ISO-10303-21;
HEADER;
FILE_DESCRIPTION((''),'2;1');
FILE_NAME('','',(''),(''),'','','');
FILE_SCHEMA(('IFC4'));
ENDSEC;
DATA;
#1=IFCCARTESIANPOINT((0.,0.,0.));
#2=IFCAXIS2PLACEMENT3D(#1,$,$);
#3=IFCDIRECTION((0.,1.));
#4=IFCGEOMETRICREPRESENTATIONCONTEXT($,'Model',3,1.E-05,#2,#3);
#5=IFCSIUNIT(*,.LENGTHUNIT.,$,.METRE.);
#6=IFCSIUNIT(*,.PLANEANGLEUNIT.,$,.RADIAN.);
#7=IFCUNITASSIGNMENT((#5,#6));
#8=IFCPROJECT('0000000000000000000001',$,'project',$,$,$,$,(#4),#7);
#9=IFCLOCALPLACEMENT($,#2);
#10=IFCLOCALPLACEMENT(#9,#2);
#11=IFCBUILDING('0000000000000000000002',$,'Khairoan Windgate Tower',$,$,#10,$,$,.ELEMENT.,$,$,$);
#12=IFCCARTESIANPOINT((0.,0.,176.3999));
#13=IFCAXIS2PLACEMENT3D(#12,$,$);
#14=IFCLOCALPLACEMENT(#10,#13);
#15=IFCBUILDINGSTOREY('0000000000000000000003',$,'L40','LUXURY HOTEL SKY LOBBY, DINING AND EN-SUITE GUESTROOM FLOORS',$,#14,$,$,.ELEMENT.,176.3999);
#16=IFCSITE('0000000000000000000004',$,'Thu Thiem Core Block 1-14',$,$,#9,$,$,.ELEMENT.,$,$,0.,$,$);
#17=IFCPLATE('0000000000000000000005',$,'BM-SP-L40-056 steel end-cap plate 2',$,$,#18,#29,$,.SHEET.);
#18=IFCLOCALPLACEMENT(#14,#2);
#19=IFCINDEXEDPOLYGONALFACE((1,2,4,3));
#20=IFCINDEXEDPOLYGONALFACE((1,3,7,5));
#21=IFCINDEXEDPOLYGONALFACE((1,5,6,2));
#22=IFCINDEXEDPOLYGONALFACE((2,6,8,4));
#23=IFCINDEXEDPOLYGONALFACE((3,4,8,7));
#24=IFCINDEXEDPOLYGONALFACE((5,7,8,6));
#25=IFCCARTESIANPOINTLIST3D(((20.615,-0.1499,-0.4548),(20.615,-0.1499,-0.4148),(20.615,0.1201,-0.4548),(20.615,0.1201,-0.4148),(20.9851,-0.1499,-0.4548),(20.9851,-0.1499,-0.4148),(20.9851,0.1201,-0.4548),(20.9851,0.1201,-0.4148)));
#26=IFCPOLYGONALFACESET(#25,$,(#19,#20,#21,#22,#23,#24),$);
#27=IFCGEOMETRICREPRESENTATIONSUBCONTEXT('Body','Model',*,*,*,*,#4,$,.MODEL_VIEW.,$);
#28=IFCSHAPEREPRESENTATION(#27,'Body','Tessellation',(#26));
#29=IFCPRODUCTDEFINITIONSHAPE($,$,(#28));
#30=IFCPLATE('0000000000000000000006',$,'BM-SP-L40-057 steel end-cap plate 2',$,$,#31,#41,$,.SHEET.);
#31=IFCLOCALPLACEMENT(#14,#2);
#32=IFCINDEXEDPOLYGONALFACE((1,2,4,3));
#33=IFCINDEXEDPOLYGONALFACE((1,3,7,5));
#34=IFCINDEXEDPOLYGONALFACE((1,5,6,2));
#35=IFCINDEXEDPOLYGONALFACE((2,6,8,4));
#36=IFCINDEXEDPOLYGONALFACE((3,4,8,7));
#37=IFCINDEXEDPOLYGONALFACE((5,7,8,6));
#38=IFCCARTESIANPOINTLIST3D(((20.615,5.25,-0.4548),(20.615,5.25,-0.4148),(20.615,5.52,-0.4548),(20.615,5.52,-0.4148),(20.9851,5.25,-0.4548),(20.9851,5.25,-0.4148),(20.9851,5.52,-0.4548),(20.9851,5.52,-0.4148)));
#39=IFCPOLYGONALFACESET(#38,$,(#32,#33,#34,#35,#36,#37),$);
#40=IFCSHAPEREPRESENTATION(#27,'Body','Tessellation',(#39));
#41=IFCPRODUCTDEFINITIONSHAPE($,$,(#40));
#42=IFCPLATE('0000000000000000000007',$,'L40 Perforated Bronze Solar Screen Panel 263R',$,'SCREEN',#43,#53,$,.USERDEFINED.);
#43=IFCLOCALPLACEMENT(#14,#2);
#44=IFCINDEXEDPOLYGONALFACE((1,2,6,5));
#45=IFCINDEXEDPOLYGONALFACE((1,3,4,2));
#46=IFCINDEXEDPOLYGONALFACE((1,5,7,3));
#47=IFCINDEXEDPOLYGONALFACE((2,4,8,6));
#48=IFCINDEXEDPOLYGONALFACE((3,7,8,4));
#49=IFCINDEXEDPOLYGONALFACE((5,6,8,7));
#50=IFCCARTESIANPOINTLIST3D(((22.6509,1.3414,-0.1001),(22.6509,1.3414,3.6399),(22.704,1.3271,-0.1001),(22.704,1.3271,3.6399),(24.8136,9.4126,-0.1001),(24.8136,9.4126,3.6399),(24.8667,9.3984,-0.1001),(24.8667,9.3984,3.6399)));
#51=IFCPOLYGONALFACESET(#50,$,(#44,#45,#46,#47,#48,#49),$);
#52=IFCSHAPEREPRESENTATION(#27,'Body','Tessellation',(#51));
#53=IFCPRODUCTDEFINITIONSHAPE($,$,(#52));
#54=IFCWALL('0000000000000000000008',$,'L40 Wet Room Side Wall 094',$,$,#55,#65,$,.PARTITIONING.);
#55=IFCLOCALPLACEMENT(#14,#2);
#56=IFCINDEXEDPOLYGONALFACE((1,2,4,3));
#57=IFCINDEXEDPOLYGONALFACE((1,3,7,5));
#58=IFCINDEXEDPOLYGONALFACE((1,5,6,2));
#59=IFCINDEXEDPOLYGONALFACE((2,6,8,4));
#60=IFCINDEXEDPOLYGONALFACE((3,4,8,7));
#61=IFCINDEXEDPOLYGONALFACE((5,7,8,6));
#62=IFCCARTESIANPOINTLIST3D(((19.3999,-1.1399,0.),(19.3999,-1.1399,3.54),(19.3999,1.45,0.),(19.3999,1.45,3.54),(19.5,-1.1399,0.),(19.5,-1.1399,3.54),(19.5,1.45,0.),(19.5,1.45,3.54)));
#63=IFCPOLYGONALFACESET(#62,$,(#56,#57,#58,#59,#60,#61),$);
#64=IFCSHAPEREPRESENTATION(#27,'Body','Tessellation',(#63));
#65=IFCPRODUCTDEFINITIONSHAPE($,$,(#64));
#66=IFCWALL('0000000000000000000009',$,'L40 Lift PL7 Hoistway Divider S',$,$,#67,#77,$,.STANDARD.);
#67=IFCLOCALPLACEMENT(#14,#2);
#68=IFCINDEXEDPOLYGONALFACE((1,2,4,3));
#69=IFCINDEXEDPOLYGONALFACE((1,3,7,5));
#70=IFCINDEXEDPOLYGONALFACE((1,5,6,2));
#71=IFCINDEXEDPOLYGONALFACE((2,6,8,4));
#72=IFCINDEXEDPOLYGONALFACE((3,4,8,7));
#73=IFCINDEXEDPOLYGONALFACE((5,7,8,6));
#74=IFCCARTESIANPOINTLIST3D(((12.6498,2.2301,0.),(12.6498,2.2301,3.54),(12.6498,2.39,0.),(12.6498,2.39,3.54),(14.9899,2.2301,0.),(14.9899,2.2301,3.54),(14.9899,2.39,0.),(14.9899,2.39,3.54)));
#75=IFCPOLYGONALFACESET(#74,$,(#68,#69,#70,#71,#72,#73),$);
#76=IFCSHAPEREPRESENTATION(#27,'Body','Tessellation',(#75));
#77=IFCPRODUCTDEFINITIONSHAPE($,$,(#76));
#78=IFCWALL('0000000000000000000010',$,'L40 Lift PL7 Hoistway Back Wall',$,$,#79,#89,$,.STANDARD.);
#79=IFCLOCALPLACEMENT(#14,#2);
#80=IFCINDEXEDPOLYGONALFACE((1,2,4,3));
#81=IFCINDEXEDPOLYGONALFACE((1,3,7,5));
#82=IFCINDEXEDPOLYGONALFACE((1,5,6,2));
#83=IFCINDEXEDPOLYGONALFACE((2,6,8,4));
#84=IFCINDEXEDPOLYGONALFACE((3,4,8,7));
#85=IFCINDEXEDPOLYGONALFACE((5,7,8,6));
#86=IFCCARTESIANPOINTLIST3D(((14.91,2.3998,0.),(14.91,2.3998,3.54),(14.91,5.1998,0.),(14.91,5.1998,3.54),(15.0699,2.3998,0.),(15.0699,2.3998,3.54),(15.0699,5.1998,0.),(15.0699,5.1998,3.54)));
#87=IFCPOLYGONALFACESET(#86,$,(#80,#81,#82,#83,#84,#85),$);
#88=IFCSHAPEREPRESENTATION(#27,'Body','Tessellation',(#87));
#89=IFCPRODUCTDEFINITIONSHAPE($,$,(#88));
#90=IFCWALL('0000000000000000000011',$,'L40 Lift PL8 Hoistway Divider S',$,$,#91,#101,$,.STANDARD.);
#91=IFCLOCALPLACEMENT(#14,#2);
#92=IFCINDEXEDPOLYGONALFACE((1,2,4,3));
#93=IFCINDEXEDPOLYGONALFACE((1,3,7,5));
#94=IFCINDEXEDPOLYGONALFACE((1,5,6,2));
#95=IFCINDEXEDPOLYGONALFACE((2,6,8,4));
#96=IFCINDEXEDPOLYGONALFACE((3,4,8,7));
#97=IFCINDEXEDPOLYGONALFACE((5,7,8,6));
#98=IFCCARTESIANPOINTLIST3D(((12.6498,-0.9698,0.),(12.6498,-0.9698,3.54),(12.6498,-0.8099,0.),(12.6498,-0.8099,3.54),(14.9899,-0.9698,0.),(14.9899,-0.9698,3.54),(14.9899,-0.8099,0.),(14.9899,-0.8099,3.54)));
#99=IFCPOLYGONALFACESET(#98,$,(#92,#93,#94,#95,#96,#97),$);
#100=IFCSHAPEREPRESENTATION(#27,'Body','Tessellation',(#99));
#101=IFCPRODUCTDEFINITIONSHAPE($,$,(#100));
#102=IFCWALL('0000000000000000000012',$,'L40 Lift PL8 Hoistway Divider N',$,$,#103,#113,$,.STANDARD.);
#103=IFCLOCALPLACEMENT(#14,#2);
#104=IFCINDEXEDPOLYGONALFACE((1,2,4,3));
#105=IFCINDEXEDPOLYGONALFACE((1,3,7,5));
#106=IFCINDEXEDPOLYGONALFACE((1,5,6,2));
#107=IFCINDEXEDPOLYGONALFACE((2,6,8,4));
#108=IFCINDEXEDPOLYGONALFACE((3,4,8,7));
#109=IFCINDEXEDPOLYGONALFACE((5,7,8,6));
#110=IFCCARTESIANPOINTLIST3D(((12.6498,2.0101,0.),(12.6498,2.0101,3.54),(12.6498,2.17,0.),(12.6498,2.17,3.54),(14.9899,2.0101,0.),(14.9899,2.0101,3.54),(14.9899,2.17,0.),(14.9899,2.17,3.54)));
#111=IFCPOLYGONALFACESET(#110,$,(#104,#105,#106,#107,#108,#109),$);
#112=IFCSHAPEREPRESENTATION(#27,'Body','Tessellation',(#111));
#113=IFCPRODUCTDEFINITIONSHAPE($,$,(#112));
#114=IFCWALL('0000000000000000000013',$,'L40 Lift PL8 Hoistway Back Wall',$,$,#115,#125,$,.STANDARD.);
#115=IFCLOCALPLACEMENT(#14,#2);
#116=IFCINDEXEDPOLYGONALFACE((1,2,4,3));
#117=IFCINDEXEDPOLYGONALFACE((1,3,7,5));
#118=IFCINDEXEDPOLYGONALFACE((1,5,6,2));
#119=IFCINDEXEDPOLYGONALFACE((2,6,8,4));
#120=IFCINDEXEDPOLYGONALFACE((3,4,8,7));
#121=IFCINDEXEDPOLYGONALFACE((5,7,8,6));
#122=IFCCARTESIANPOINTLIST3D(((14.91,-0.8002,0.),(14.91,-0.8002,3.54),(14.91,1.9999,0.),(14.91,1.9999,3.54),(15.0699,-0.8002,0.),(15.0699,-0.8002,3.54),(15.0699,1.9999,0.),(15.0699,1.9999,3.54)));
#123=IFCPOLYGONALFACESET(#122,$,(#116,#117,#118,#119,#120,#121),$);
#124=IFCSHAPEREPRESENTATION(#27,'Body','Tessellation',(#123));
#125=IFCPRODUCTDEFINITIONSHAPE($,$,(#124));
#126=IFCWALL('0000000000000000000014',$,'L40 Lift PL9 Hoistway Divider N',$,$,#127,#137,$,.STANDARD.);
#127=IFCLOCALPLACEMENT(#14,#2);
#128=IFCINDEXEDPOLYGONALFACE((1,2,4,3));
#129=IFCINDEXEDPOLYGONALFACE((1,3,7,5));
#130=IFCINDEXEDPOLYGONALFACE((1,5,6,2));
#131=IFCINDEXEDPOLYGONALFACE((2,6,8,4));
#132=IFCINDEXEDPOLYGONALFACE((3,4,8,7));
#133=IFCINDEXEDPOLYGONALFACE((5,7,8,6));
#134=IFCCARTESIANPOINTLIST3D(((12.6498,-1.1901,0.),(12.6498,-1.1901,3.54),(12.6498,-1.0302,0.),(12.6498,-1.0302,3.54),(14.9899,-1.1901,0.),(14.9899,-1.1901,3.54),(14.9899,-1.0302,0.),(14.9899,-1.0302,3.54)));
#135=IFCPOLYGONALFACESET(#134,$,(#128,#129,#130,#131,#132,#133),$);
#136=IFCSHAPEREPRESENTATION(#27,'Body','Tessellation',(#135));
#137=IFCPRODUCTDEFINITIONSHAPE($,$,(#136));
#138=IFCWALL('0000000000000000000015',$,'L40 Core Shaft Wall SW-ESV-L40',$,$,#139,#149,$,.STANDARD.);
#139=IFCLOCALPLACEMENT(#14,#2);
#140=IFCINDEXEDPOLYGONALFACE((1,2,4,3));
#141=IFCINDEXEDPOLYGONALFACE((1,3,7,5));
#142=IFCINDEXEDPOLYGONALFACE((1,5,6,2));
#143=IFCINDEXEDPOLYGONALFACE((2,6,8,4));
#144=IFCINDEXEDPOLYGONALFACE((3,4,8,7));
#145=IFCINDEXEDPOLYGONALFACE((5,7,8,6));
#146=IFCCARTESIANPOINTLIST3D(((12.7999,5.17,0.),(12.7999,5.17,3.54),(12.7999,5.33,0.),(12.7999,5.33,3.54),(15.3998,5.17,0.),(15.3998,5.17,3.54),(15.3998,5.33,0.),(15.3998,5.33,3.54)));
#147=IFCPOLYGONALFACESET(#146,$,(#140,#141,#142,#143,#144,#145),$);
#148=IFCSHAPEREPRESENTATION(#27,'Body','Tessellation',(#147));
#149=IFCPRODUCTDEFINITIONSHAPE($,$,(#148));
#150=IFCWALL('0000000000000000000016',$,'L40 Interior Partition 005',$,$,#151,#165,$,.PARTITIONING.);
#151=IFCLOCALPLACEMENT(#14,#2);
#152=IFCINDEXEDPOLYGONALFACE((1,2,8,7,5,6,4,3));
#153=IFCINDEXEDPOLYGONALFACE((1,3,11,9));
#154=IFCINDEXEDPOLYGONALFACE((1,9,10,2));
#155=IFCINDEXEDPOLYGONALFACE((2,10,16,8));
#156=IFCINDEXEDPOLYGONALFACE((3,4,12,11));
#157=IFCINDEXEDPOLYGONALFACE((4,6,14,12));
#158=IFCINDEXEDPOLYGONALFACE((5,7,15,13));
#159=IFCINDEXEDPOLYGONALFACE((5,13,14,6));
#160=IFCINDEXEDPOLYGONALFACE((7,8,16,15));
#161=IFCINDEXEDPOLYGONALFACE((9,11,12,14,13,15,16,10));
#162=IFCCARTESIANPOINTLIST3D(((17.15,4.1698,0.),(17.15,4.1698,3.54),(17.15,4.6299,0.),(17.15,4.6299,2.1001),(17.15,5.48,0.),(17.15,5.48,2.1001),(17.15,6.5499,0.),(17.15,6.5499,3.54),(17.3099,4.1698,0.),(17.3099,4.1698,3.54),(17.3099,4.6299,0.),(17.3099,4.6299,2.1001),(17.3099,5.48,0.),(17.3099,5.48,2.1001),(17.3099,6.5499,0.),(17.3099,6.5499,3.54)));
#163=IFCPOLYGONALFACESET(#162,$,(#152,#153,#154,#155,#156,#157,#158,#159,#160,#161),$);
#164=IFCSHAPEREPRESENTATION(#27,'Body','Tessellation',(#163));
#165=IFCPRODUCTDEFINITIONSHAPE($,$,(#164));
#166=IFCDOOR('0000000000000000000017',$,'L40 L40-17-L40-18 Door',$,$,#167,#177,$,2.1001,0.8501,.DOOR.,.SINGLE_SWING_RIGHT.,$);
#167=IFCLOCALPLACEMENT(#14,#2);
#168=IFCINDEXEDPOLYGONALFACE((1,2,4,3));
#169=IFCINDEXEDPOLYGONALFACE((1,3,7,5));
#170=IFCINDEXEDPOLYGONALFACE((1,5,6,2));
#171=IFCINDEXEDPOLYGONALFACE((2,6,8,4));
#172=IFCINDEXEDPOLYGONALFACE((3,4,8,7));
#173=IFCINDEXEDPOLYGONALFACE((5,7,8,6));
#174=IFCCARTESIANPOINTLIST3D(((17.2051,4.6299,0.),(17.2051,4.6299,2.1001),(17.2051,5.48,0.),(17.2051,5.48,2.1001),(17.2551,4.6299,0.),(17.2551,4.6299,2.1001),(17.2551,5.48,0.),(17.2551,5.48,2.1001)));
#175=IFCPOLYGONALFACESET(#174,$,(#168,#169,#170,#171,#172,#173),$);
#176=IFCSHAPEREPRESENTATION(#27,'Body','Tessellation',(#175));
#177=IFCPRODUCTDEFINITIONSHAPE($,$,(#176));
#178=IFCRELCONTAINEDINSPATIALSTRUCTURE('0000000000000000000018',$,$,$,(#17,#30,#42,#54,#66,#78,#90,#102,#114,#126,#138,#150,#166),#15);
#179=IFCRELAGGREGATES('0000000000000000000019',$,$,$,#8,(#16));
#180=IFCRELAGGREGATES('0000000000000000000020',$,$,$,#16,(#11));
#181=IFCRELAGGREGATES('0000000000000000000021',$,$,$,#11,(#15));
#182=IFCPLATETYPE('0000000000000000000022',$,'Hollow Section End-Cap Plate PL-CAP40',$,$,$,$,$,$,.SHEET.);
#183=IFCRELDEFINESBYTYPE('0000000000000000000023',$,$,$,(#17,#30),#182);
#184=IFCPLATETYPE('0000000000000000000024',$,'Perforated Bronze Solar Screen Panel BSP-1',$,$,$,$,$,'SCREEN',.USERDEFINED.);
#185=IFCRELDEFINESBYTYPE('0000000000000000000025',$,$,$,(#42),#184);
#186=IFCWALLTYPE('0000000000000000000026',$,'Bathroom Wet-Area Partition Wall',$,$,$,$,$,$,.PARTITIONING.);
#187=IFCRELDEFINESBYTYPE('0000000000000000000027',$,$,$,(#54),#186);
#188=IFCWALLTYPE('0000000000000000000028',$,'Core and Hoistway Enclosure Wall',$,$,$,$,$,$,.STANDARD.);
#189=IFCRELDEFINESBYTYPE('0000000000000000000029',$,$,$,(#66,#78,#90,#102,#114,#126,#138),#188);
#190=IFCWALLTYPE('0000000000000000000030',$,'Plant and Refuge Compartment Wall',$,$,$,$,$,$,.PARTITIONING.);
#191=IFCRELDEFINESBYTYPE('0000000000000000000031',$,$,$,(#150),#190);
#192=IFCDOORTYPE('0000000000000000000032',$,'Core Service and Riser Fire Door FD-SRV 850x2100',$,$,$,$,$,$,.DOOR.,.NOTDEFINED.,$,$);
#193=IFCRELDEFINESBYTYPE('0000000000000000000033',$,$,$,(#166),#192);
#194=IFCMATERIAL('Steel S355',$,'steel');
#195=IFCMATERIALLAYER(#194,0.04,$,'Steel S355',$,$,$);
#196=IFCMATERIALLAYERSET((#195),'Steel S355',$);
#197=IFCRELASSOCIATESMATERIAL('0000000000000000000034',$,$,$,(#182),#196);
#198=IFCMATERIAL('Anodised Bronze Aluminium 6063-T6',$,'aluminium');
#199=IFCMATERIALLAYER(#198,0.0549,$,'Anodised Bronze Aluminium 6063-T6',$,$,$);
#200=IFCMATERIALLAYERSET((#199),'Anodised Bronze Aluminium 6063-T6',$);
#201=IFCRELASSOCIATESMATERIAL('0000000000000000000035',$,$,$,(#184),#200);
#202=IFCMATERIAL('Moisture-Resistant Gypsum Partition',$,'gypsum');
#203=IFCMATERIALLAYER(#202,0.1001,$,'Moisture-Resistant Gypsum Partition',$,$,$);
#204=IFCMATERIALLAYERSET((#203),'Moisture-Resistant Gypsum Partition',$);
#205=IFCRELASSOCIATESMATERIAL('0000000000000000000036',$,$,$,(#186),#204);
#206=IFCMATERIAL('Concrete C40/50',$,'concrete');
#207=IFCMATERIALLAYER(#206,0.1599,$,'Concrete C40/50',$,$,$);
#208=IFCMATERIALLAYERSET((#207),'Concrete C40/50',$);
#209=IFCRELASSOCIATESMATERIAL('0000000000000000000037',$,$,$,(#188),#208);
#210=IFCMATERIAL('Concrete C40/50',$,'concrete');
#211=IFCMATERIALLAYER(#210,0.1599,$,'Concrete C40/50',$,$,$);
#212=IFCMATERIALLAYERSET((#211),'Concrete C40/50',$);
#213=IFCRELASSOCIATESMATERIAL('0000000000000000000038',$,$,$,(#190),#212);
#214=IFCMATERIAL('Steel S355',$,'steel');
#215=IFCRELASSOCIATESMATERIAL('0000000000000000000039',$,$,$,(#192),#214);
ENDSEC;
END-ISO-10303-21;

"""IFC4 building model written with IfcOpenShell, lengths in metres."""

from ifc_helpers import new_model, si_unit, direction, frame, frame_2d, origin, origin_2d, place, context, subcontext, project, spatial, rectangle, extrude, material, layer, layer_set, type_object, element, fill, save


model = new_model("IFC4")

# Units and contexts
model_context = context("Model", 3, precision=1e-05, world=origin(), true_north=direction((0.0, 1.0)))
body_context = subcontext(model_context, "Body", "Model", "MODEL_VIEW")
ifc_project = project(units=[si_unit("LENGTHUNIT", "METRE"), si_unit("PLANEANGLEUNIT", "RADIAN")], contexts=[model_context])

# Site, building, storey
site_placement = place(None, origin())
site = spatial("IfcSite", under=ifc_project, at=site_placement, Name="Thu Thiem Core Block 1-14", CompositionType="ELEMENT", RefElevation=0.0)
building_placement = place(site_placement, origin())
building = spatial("IfcBuilding", under=site, at=building_placement, Name="Khairoan Windgate Tower", CompositionType="ELEMENT")
storey_placement = place(building_placement, frame((0.0, 0.0, 176.3999)))
storey = spatial("IfcBuildingStorey", under=building, at=storey_placement, Name="L40", Description="LUXURY HOTEL SKY LOBBY, DINING AND EN-SUITE GUESTROOM FLOORS", CompositionType="ELEMENT", Elevation=176.3999)

# Plates
ifc_material_1 = material(Name="Steel S355", Category="steel")
ifc_layer_1 = layer(ifc_material_1, 0.04, Name="Steel S355")
ifc_layer_set_1 = layer_set([ifc_layer_1], Name="Steel S355")
plate_type_1 = type_object("IfcPlateType", Name="Hollow Section End-Cap Plate PL-CAP40", PredefinedType="SHEET", material=ifc_layer_set_1)
for number, where, z_axis, x_axis, name in (
    (1, (20.8, -0.0149, -0.4548), (0.0, 0.0, 1.0), (0.0, 1.0, 0.0), "BM-SP-L40-056 steel end-cap plate 2"),
    (2, (20.8, 5.385, -0.4548), (0.0, 0.0, 1.0), (0.0, 1.0, 0.0), "BM-SP-L40-057 steel end-cap plate 2"),
):
    element("IfcPlate", number, at=place(storey_placement, frame(where, z_axis=z_axis, x_axis=x_axis)), inside=storey, type_object=plate_type_1, Name=name, PredefinedType="SHEET", context=body_context, shape_type="SweptSolid", body=[
        extrude(rectangle(XDim=0.27, YDim=0.3701, at=origin_2d()), origin(), (0.0, 0.0, 1.0), 0.04),
    ])
ifc_material_2 = material(Name="Anodised Bronze Aluminium 6063-T6", Category="aluminium")
ifc_layer_2 = layer(ifc_material_2, 0.0549, Name="Anodised Bronze Aluminium 6063-T6")
ifc_layer_set_2 = layer_set([ifc_layer_2], Name="Anodised Bronze Aluminium 6063-T6")
plate_type_2 = type_object("IfcPlateType", Name="Perforated Bronze Solar Screen Panel BSP-1", ElementType="SCREEN", PredefinedType="USERDEFINED", material=ifc_layer_set_2)
plate_placement = place(storey_placement, frame((23.7588, 5.3699, -0.1001), z_axis=(0.0, 0.0, 1.0), x_axis=(-0.258819, -0.965926, 0.0)))
element("IfcPlate", 3, at=plate_placement, inside=storey, type_object=plate_type_2, Name="L40 Perforated Bronze Solar Screen Panel 263R", ObjectType="SCREEN", PredefinedType="USERDEFINED", context=body_context, shape_type="SweptSolid", body=[
    extrude(rectangle(XDim=8.356, YDim=0.0549, at=origin_2d()), origin(), (0.0, 0.0, 1.0), 3.74),
])

# Walls
ifc_material_3 = material(Name="Moisture-Resistant Gypsum Partition", Category="gypsum")
ifc_layer_3 = layer(ifc_material_3, 0.1001, Name="Moisture-Resistant Gypsum Partition")
ifc_layer_set_3 = layer_set([ifc_layer_3], Name="Moisture-Resistant Gypsum Partition")
wall_type_1 = type_object("IfcWallType", Name="Bathroom Wet-Area Partition Wall", PredefinedType="PARTITIONING", material=ifc_layer_set_3)
wall_1_placement = place(storey_placement, frame((19.45, 1.45, 0.0), z_axis=(0.0, 0.0, 1.0), x_axis=(0.0, -1.0, 0.0)))
element("IfcWall", 4, at=wall_1_placement, inside=storey, type_object=wall_type_1, Name="L40 Wet Room Side Wall 094", PredefinedType="PARTITIONING", context=body_context, shape_type="SweptSolid", body=[
    extrude(rectangle(XDim=2.5898, YDim=0.1001, at=frame_2d((1.2949, 0.0))), origin(), (0.0, 0.0, 1.0), 3.54),
])
ifc_material_4 = material(Name="Concrete C40/50", Category="concrete")
ifc_layer_4 = layer(ifc_material_4, 0.1599, Name="Concrete C40/50")
ifc_layer_set_4 = layer_set([ifc_layer_4], Name="Concrete C40/50")
wall_type_2 = type_object("IfcWallType", Name="Core and Hoistway Enclosure Wall", PredefinedType="STANDARD", material=ifc_layer_set_4)
wall_2_placement = place(storey_placement, frame((12.6499, 2.3101, 0.0), z_axis=(0.0, 0.0, 1.0), x_axis=(1.0, 0.0, 0.0)))
element("IfcWall", 5, at=wall_2_placement, inside=storey, type_object=wall_type_2, Name="L40 Lift PL7 Hoistway Divider S", PredefinedType="STANDARD", context=body_context, shape_type="SweptSolid", body=[
    extrude(rectangle(XDim=2.3401, YDim=0.1599, at=frame_2d((1.1699, 0.0))), origin(), (0.0, 0.0, 1.0), 3.54),
])
wall_3_placement = place(storey_placement, frame((14.99, 2.3999, 0.0), z_axis=(0.0, 0.0, 1.0), x_axis=(0.0, 1.0, 0.0)))
element("IfcWall", 6, at=wall_3_placement, inside=storey, type_object=wall_type_2, Name="L40 Lift PL7 Hoistway Back Wall", PredefinedType="STANDARD", context=body_context, shape_type="SweptSolid", body=[
    extrude(rectangle(XDim=2.8, YDim=0.1599, at=frame_2d((1.3999, 0.0))), origin(), (0.0, 0.0, 1.0), 3.54),
])
for number, where, z_axis, x_axis, name in (
    (7, (12.6499, -0.8899, 0.0), (0.0, 0.0, 1.0), (1.0, 0.0, 0.0), "L40 Lift PL8 Hoistway Divider S"),
    (8, (12.6499, 2.0901, 0.0), (0.0, 0.0, 1.0), (1.0, 0.0, 0.0), "L40 Lift PL8 Hoistway Divider N"),
):
    element("IfcWall", number, at=place(storey_placement, frame(where, z_axis=z_axis, x_axis=x_axis)), inside=storey, type_object=wall_type_2, Name=name, PredefinedType="STANDARD", context=body_context, shape_type="SweptSolid", body=[
        extrude(rectangle(XDim=2.3401, YDim=0.1599, at=frame_2d((1.1699, 0.0))), origin(), (0.0, 0.0, 1.0), 3.54),
    ])
wall_4_placement = place(storey_placement, frame((14.99, -0.8, 0.0), z_axis=(0.0, 0.0, 1.0), x_axis=(0.0, 1.0, 0.0)))
element("IfcWall", 9, at=wall_4_placement, inside=storey, type_object=wall_type_2, Name="L40 Lift PL8 Hoistway Back Wall", PredefinedType="STANDARD", context=body_context, shape_type="SweptSolid", body=[
    extrude(rectangle(XDim=2.8, YDim=0.1599, at=frame_2d((1.3999, 0.0))), origin(), (0.0, 0.0, 1.0), 3.54),
])
wall_5_placement = place(storey_placement, frame((12.6499, -1.1101, 0.0), z_axis=(0.0, 0.0, 1.0), x_axis=(1.0, 0.0, 0.0)))
element("IfcWall", 10, at=wall_5_placement, inside=storey, type_object=wall_type_2, Name="L40 Lift PL9 Hoistway Divider N", PredefinedType="STANDARD", context=body_context, shape_type="SweptSolid", body=[
    extrude(rectangle(XDim=2.3401, YDim=0.1599, at=frame_2d((1.1699, 0.0))), origin(), (0.0, 0.0, 1.0), 3.54),
])
wall_6_placement = place(storey_placement, frame((12.8, 5.25, 0.0), z_axis=(0.0, 0.0, 1.0), x_axis=(1.0, 0.0, 0.0)))
element("IfcWall", 11, at=wall_6_placement, inside=storey, type_object=wall_type_2, Name="L40 Core Shaft Wall SW-ESV-L40", PredefinedType="STANDARD", context=body_context, shape_type="SweptSolid", body=[
    extrude(rectangle(XDim=2.5999, YDim=0.1599, at=frame_2d((1.2998, 0.0))), origin(), (0.0, 0.0, 1.0), 3.54),
])

# Wall, opening, door
ifc_material_5 = material(Name="Concrete C40/50", Category="concrete")
ifc_layer_5 = layer(ifc_material_5, 0.1599, Name="Concrete C40/50")
ifc_layer_set_5 = layer_set([ifc_layer_5], Name="Concrete C40/50")
wall_type_3 = type_object("IfcWallType", Name="Plant and Refuge Compartment Wall", PredefinedType="PARTITIONING", material=ifc_layer_set_5)
wall_7_placement = place(storey_placement, frame((17.23, 4.1699, 0.0), z_axis=(0.0, 0.0, 1.0), x_axis=(0.0, 1.0, 0.0)))
wall_7 = element("IfcWall", 12, at=wall_7_placement, inside=storey, type_object=wall_type_3, Name="L40 Interior Partition 005", PredefinedType="PARTITIONING", context=body_context, shape_type="SweptSolid", body=[
    extrude(rectangle(XDim=2.3801, YDim=0.1599, at=frame_2d((1.1899, 0.0))), origin(), (0.0, 0.0, 1.0), 3.54),
])
opening_1_placement = place(wall_7_placement, frame((0.46, 0.0, 0.0)))
opening_1 = element("IfcOpeningElement", 13, at=opening_1_placement, cuts=wall_7, PredefinedType="OPENING", context=body_context, shape_type="SweptSolid", body=[
    extrude(rectangle(XDim=0.8501, YDim=2.1001, at=frame_2d((0.425, 1.05))), frame((0.0, 0.0898, 0.0), z_axis=(0.0, -1.0, 0.0), x_axis=(1.0, 0.0, 0.0)), (0.0, 0.0, 1.0), 0.1799),
])
ifc_material_6 = material(Name="Steel S355", Category="steel")
door_type = type_object("IfcDoorType", Name="Core Service and Riser Fire Door FD-SRV 850x2100", OperationType="NOTDEFINED", PredefinedType="DOOR", material=ifc_material_6)
door_1_placement = place(opening_1_placement, origin())
door_1 = element("IfcDoor", 14, at=door_1_placement, inside=storey, type_object=door_type, Name="L40 L40-17-L40-18 Door", OperationType="SINGLE_SWING_RIGHT", OverallHeight=2.1001, OverallWidth=0.8501, PredefinedType="DOOR", context=body_context, shape_type="SweptSolid", body=[
    extrude(rectangle(XDim=0.8501, YDim=2.1001, at=frame_2d((0.425, 1.05))), frame((0.0, 0.0249, 0.0), z_axis=(0.0, -1.0, 0.0), x_axis=(1.0, 0.0, 0.0)), (0.0, 0.0, 1.0), 0.05),
])
fill(opening_1, door_1)

save(model, "model.ifc")
